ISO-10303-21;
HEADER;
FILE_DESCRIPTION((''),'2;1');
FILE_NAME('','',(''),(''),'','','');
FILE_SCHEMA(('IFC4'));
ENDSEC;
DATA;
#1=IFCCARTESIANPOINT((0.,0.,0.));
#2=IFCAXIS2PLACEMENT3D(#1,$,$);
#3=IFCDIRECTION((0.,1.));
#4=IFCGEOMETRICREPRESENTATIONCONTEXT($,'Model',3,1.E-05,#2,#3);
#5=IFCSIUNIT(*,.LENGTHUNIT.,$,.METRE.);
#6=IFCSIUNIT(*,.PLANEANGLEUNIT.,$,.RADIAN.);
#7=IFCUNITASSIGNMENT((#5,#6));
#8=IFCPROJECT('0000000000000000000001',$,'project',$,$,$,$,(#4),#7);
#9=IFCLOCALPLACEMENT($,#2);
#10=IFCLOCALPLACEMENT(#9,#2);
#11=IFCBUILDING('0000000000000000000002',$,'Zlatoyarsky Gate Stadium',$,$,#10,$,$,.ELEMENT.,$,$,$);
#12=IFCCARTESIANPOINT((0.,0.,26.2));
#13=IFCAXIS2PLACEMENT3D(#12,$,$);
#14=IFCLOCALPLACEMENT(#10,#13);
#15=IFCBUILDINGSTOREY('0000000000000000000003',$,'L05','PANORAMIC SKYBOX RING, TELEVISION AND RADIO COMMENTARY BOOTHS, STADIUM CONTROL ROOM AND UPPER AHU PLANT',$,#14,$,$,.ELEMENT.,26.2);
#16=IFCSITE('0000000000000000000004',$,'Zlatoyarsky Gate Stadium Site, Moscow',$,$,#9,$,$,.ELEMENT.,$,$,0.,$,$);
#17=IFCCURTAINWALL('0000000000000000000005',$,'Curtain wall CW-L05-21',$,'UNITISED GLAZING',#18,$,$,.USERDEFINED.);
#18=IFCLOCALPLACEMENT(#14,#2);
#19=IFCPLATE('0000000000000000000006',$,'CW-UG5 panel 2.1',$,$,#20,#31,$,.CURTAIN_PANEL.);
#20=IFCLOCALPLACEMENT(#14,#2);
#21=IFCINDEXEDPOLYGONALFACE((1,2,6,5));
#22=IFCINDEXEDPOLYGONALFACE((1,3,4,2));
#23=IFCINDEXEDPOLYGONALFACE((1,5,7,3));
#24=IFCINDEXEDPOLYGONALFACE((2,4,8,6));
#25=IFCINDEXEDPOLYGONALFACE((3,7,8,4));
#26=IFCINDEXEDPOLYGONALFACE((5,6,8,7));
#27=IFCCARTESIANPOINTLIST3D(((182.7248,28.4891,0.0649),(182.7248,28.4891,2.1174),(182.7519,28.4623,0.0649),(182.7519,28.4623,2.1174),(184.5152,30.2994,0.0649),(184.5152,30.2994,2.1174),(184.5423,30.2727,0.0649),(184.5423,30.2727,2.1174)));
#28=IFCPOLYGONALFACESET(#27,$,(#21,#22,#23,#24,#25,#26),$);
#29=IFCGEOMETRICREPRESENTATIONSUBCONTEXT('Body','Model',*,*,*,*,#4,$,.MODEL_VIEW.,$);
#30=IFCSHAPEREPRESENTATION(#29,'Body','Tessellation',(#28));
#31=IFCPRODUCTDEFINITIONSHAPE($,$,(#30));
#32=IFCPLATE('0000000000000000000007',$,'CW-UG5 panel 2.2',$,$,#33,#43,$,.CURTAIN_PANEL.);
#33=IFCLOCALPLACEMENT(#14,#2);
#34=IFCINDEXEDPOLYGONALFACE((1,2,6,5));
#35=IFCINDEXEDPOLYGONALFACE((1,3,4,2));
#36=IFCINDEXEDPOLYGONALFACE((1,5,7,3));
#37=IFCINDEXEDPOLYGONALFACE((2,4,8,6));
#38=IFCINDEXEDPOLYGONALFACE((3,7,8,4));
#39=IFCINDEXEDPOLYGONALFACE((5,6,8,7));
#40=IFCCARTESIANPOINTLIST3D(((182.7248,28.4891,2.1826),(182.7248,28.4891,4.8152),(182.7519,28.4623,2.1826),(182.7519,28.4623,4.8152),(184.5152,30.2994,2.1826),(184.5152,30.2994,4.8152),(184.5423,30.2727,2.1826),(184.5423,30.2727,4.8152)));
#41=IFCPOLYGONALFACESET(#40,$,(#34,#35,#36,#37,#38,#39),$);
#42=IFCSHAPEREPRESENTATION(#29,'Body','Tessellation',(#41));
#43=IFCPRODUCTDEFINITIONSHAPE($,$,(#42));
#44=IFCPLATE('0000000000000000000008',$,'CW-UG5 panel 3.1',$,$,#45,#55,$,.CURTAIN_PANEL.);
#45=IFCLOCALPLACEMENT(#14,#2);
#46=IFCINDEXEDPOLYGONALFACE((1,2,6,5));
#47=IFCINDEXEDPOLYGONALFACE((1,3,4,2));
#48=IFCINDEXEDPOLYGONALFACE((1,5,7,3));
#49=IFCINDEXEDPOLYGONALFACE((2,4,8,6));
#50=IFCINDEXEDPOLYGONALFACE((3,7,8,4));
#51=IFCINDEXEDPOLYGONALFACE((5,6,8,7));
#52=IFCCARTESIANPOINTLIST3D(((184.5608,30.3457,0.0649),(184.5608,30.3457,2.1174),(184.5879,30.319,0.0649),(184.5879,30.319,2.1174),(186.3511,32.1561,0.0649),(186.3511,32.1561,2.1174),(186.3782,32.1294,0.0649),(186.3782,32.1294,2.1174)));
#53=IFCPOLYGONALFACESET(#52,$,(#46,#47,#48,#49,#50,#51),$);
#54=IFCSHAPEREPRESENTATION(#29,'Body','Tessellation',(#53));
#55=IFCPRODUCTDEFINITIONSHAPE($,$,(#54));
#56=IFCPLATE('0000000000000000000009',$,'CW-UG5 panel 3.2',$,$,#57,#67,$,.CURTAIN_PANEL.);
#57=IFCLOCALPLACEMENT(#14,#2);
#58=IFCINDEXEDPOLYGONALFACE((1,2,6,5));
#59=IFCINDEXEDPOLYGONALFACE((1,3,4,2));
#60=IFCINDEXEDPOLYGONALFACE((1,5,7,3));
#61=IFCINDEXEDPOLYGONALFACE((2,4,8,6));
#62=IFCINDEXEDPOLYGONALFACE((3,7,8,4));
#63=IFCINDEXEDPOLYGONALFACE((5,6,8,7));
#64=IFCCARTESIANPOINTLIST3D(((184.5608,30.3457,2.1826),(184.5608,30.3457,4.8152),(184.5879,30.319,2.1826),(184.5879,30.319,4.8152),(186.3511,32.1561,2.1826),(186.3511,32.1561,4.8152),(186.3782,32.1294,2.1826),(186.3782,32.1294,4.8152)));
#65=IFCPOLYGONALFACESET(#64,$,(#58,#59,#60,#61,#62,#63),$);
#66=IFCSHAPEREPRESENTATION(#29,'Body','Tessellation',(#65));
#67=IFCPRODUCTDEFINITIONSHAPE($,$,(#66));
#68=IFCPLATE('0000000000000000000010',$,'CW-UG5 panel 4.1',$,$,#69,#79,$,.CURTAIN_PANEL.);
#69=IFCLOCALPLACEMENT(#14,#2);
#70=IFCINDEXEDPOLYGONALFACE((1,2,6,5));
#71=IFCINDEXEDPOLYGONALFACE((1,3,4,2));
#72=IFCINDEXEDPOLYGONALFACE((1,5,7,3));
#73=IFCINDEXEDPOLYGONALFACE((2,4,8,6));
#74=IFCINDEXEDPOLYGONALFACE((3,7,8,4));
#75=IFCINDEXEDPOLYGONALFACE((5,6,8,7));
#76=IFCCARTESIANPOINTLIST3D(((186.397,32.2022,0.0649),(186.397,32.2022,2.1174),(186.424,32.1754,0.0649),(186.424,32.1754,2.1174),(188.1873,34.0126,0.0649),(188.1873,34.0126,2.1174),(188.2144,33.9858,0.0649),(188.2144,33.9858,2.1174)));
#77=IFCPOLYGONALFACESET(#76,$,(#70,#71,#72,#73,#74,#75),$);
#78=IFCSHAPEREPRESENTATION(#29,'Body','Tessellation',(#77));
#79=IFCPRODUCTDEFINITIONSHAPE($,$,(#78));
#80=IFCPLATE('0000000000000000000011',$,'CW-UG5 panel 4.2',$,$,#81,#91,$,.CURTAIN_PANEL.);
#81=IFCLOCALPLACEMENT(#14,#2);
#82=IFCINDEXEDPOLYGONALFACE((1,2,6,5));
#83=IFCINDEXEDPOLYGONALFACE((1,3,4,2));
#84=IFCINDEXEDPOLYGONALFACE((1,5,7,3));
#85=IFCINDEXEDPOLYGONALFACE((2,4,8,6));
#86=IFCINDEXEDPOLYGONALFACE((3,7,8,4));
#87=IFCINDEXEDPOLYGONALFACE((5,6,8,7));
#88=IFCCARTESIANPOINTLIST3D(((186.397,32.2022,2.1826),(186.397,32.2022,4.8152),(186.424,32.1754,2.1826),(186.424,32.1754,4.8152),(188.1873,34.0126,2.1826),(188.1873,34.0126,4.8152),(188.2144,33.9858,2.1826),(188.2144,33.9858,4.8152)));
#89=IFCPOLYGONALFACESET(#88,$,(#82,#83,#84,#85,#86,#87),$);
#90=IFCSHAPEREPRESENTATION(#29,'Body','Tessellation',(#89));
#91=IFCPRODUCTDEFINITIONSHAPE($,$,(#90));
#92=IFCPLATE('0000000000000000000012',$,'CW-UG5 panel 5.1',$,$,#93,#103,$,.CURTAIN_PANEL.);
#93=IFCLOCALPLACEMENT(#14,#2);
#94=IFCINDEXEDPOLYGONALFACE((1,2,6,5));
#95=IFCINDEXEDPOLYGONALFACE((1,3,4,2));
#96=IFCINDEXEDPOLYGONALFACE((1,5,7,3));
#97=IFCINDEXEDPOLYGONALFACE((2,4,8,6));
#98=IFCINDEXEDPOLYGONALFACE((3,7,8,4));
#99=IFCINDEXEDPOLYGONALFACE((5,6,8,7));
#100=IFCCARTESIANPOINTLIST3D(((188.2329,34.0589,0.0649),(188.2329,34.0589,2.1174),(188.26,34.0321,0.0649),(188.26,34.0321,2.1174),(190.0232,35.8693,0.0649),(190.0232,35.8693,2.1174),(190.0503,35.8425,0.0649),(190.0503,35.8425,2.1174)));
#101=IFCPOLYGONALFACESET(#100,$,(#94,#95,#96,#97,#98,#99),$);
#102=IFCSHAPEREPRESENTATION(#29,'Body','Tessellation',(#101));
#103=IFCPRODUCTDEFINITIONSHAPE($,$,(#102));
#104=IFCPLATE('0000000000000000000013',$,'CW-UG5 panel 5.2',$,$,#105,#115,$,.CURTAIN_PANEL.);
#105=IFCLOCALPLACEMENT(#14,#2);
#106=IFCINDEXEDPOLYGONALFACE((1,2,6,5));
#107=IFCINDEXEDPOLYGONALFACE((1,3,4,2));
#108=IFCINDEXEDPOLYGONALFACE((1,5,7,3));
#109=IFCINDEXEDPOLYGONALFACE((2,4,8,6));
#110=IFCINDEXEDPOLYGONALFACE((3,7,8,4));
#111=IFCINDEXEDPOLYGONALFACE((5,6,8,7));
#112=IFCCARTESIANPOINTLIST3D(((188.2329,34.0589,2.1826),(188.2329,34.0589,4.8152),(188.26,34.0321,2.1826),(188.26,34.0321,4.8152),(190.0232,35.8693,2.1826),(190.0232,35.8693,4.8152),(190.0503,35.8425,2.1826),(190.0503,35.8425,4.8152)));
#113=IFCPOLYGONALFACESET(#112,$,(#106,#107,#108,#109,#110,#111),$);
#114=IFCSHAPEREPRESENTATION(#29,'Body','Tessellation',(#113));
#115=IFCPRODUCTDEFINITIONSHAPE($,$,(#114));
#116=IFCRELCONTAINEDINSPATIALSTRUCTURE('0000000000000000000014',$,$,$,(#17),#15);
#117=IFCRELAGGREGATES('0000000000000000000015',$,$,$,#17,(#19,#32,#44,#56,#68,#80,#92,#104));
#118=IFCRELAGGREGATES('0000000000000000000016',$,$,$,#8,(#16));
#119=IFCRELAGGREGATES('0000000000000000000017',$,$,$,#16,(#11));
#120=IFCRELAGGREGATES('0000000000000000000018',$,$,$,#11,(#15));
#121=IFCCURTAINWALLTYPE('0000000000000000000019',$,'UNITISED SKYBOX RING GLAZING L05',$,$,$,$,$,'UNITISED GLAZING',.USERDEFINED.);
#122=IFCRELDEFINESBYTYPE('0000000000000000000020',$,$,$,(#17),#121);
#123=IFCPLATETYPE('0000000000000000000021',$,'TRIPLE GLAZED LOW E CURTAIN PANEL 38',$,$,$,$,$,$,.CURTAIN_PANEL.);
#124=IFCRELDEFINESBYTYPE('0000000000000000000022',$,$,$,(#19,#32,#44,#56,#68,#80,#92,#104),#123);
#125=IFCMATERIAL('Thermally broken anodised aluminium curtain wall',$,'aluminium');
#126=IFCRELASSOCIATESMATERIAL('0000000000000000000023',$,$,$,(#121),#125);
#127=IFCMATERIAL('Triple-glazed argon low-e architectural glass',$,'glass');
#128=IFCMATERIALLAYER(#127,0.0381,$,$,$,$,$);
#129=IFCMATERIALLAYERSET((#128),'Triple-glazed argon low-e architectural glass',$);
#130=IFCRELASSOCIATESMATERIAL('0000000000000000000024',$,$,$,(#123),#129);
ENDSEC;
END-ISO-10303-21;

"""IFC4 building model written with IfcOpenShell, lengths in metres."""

from ifc_helpers import new_model, si_unit, direction, frame, origin, origin_2d, place, context, subcontext, project, spatial, rectangle, extrude, material, layer, layer_set, type_object, element, aggregate, save


model = new_model("IFC4")

# Units and contexts
model_context = context("Model", 3, precision=1e-05, world=origin(), true_north=direction((0.0, 1.0)))
body_context = subcontext(model_context, "Body", "Model", "MODEL_VIEW")
ifc_project = project(units=[si_unit("LENGTHUNIT", "METRE"), si_unit("PLANEANGLEUNIT", "RADIAN")], contexts=[model_context])

# Site, building, storey
site_placement = place(None, origin())
site = spatial("IfcSite", under=ifc_project, at=site_placement, Name="Zlatoyarsky Gate Stadium Site, Moscow", CompositionType="ELEMENT", RefElevation=0.0)
building_placement = place(site_placement, origin())
building = spatial("IfcBuilding", under=site, at=building_placement, Name="Zlatoyarsky Gate Stadium", CompositionType="ELEMENT")
storey_placement = place(building_placement, frame((0.0, 0.0, 26.2)))
storey = spatial("IfcBuildingStorey", under=building, at=storey_placement, Name="L05", Description="PANORAMIC SKYBOX RING, TELEVISION AND RADIO COMMENTARY BOOTHS, STADIUM CONTROL ROOM AND UPPER AHU PLANT", CompositionType="ELEMENT", Elevation=26.2)

# Curtain wall
ifc_material_1 = material(Name="Thermally broken anodised aluminium curtain wall", Category="aluminium")
curtain_wall_type = type_object("IfcCurtainWallType", Name="UNITISED SKYBOX RING GLAZING L05", ElementType="UNITISED GLAZING", PredefinedType="USERDEFINED", material=ifc_material_1)
curtain_wall_placement = place(storey_placement, origin())
curtain_wall = element("IfcCurtainWall", 1, at=curtain_wall_placement, inside=storey, type_object=curtain_wall_type, Name="Curtain wall CW-L05-21", ObjectType="UNITISED GLAZING", PredefinedType="USERDEFINED")

# Plates
ifc_material_2 = material(Name="Triple-glazed argon low-e architectural glass", Category="glass")
ifc_layer_1 = layer(ifc_material_2, 0.0381)
ifc_layer_set_1 = layer_set([ifc_layer_1], Name="Triple-glazed argon low-e architectural glass")
plate_type_1 = type_object("IfcPlateType", Name="TRIPLE GLAZED LOW E CURTAIN PANEL 38", PredefinedType="CURTAIN_PANEL", material=ifc_layer_set_1)
plate_1_placement = place(storey_placement, frame((183.6335, 29.3809, 0.0649), z_axis=(0.0, 0.0, 1.0), x_axis=(0.703158, 0.711033, 0.0)))
plate_1 = element("IfcPlate", 2, at=plate_1_placement, type_object=plate_type_1, Name="CW-UG5 panel 2.1", PredefinedType="CURTAIN_PANEL", context=body_context, shape_type="SweptSolid", body=[
    extrude(rectangle(XDim=2.5461, YDim=0.0381, at=origin_2d()), origin(), (0.0, 0.0, 1.0), 2.0525),
])
plate_2_placement = place(storey_placement, frame((183.6335, 29.3809, 2.1826), z_axis=(0.0, 0.0, 1.0), x_axis=(0.703158, 0.711033, 0.0)))
plate_2 = element("IfcPlate", 3, at=plate_2_placement, type_object=plate_type_1, Name="CW-UG5 panel 2.2", PredefinedType="CURTAIN_PANEL", context=body_context, shape_type="SweptSolid", body=[
    extrude(rectangle(XDim=2.5461, YDim=0.0381, at=origin_2d()), origin(), (0.0, 0.0, 1.0), 2.6326),
])
plate_3_placement = place(storey_placement, frame((185.4695, 31.2375, 0.0649), z_axis=(0.0, 0.0, 1.0), x_axis=(0.703158, 0.711033, 0.0)))
plate_3 = element("IfcPlate", 4, at=plate_3_placement, type_object=plate_type_1, Name="CW-UG5 panel 3.1", PredefinedType="CURTAIN_PANEL", context=body_context, shape_type="SweptSolid", body=[
    extrude(rectangle(XDim=2.5461, YDim=0.0381, at=origin_2d()), origin(), (0.0, 0.0, 1.0), 2.0525),
])
plate_4_placement = place(storey_placement, frame((185.4695, 31.2375, 2.1826), z_axis=(0.0, 0.0, 1.0), x_axis=(0.703158, 0.711033, 0.0)))
plate_4 = element("IfcPlate", 5, at=plate_4_placement, type_object=plate_type_1, Name="CW-UG5 panel 3.2", PredefinedType="CURTAIN_PANEL", context=body_context, shape_type="SweptSolid", body=[
    extrude(rectangle(XDim=2.5461, YDim=0.0381, at=origin_2d()), origin(), (0.0, 0.0, 1.0), 2.6326),
])
plate_5_placement = place(storey_placement, frame((187.3057, 33.094, 0.0649), z_axis=(0.0, 0.0, 1.0), x_axis=(0.703158, 0.711033, 0.0)))
plate_5 = element("IfcPlate", 6, at=plate_5_placement, type_object=plate_type_1, Name="CW-UG5 panel 4.1", PredefinedType="CURTAIN_PANEL", context=body_context, shape_type="SweptSolid", body=[
    extrude(rectangle(XDim=2.5461, YDim=0.0381, at=origin_2d()), origin(), (0.0, 0.0, 1.0), 2.0525),
])
plate_6_placement = place(storey_placement, frame((187.3057, 33.094, 2.1826), z_axis=(0.0, 0.0, 1.0), x_axis=(0.703158, 0.711033, 0.0)))
plate_6 = element("IfcPlate", 7, at=plate_6_placement, type_object=plate_type_1, Name="CW-UG5 panel 4.2", PredefinedType="CURTAIN_PANEL", context=body_context, shape_type="SweptSolid", body=[
    extrude(rectangle(XDim=2.5461, YDim=0.0381, at=origin_2d()), origin(), (0.0, 0.0, 1.0), 2.6326),
])
plate_7_placement = place(storey_placement, frame((189.1416, 34.9507, 0.0649), z_axis=(0.0, 0.0, 1.0), x_axis=(0.703158, 0.711033, 0.0)))
plate_7 = element("IfcPlate", 8, at=plate_7_placement, type_object=plate_type_1, Name="CW-UG5 panel 5.1", PredefinedType="CURTAIN_PANEL", context=body_context, shape_type="SweptSolid", body=[
    extrude(rectangle(XDim=2.5461, YDim=0.0381, at=origin_2d()), origin(), (0.0, 0.0, 1.0), 2.0525),
])
plate_8_placement = place(storey_placement, frame((189.1416, 34.9507, 2.1826), z_axis=(0.0, 0.0, 1.0), x_axis=(0.703158, 0.711033, 0.0)))
plate_8 = element("IfcPlate", 9, at=plate_8_placement, type_object=plate_type_1, Name="CW-UG5 panel 5.2", PredefinedType="CURTAIN_PANEL", context=body_context, shape_type="SweptSolid", body=[
    extrude(rectangle(XDim=2.5461, YDim=0.0381, at=origin_2d()), origin(), (0.0, 0.0, 1.0), 2.6326),
])
aggregate(curtain_wall, [plate_1, plate_2, plate_3, plate_4, plate_5, plate_6, plate_7, plate_8])

save(model, "model.ifc")
